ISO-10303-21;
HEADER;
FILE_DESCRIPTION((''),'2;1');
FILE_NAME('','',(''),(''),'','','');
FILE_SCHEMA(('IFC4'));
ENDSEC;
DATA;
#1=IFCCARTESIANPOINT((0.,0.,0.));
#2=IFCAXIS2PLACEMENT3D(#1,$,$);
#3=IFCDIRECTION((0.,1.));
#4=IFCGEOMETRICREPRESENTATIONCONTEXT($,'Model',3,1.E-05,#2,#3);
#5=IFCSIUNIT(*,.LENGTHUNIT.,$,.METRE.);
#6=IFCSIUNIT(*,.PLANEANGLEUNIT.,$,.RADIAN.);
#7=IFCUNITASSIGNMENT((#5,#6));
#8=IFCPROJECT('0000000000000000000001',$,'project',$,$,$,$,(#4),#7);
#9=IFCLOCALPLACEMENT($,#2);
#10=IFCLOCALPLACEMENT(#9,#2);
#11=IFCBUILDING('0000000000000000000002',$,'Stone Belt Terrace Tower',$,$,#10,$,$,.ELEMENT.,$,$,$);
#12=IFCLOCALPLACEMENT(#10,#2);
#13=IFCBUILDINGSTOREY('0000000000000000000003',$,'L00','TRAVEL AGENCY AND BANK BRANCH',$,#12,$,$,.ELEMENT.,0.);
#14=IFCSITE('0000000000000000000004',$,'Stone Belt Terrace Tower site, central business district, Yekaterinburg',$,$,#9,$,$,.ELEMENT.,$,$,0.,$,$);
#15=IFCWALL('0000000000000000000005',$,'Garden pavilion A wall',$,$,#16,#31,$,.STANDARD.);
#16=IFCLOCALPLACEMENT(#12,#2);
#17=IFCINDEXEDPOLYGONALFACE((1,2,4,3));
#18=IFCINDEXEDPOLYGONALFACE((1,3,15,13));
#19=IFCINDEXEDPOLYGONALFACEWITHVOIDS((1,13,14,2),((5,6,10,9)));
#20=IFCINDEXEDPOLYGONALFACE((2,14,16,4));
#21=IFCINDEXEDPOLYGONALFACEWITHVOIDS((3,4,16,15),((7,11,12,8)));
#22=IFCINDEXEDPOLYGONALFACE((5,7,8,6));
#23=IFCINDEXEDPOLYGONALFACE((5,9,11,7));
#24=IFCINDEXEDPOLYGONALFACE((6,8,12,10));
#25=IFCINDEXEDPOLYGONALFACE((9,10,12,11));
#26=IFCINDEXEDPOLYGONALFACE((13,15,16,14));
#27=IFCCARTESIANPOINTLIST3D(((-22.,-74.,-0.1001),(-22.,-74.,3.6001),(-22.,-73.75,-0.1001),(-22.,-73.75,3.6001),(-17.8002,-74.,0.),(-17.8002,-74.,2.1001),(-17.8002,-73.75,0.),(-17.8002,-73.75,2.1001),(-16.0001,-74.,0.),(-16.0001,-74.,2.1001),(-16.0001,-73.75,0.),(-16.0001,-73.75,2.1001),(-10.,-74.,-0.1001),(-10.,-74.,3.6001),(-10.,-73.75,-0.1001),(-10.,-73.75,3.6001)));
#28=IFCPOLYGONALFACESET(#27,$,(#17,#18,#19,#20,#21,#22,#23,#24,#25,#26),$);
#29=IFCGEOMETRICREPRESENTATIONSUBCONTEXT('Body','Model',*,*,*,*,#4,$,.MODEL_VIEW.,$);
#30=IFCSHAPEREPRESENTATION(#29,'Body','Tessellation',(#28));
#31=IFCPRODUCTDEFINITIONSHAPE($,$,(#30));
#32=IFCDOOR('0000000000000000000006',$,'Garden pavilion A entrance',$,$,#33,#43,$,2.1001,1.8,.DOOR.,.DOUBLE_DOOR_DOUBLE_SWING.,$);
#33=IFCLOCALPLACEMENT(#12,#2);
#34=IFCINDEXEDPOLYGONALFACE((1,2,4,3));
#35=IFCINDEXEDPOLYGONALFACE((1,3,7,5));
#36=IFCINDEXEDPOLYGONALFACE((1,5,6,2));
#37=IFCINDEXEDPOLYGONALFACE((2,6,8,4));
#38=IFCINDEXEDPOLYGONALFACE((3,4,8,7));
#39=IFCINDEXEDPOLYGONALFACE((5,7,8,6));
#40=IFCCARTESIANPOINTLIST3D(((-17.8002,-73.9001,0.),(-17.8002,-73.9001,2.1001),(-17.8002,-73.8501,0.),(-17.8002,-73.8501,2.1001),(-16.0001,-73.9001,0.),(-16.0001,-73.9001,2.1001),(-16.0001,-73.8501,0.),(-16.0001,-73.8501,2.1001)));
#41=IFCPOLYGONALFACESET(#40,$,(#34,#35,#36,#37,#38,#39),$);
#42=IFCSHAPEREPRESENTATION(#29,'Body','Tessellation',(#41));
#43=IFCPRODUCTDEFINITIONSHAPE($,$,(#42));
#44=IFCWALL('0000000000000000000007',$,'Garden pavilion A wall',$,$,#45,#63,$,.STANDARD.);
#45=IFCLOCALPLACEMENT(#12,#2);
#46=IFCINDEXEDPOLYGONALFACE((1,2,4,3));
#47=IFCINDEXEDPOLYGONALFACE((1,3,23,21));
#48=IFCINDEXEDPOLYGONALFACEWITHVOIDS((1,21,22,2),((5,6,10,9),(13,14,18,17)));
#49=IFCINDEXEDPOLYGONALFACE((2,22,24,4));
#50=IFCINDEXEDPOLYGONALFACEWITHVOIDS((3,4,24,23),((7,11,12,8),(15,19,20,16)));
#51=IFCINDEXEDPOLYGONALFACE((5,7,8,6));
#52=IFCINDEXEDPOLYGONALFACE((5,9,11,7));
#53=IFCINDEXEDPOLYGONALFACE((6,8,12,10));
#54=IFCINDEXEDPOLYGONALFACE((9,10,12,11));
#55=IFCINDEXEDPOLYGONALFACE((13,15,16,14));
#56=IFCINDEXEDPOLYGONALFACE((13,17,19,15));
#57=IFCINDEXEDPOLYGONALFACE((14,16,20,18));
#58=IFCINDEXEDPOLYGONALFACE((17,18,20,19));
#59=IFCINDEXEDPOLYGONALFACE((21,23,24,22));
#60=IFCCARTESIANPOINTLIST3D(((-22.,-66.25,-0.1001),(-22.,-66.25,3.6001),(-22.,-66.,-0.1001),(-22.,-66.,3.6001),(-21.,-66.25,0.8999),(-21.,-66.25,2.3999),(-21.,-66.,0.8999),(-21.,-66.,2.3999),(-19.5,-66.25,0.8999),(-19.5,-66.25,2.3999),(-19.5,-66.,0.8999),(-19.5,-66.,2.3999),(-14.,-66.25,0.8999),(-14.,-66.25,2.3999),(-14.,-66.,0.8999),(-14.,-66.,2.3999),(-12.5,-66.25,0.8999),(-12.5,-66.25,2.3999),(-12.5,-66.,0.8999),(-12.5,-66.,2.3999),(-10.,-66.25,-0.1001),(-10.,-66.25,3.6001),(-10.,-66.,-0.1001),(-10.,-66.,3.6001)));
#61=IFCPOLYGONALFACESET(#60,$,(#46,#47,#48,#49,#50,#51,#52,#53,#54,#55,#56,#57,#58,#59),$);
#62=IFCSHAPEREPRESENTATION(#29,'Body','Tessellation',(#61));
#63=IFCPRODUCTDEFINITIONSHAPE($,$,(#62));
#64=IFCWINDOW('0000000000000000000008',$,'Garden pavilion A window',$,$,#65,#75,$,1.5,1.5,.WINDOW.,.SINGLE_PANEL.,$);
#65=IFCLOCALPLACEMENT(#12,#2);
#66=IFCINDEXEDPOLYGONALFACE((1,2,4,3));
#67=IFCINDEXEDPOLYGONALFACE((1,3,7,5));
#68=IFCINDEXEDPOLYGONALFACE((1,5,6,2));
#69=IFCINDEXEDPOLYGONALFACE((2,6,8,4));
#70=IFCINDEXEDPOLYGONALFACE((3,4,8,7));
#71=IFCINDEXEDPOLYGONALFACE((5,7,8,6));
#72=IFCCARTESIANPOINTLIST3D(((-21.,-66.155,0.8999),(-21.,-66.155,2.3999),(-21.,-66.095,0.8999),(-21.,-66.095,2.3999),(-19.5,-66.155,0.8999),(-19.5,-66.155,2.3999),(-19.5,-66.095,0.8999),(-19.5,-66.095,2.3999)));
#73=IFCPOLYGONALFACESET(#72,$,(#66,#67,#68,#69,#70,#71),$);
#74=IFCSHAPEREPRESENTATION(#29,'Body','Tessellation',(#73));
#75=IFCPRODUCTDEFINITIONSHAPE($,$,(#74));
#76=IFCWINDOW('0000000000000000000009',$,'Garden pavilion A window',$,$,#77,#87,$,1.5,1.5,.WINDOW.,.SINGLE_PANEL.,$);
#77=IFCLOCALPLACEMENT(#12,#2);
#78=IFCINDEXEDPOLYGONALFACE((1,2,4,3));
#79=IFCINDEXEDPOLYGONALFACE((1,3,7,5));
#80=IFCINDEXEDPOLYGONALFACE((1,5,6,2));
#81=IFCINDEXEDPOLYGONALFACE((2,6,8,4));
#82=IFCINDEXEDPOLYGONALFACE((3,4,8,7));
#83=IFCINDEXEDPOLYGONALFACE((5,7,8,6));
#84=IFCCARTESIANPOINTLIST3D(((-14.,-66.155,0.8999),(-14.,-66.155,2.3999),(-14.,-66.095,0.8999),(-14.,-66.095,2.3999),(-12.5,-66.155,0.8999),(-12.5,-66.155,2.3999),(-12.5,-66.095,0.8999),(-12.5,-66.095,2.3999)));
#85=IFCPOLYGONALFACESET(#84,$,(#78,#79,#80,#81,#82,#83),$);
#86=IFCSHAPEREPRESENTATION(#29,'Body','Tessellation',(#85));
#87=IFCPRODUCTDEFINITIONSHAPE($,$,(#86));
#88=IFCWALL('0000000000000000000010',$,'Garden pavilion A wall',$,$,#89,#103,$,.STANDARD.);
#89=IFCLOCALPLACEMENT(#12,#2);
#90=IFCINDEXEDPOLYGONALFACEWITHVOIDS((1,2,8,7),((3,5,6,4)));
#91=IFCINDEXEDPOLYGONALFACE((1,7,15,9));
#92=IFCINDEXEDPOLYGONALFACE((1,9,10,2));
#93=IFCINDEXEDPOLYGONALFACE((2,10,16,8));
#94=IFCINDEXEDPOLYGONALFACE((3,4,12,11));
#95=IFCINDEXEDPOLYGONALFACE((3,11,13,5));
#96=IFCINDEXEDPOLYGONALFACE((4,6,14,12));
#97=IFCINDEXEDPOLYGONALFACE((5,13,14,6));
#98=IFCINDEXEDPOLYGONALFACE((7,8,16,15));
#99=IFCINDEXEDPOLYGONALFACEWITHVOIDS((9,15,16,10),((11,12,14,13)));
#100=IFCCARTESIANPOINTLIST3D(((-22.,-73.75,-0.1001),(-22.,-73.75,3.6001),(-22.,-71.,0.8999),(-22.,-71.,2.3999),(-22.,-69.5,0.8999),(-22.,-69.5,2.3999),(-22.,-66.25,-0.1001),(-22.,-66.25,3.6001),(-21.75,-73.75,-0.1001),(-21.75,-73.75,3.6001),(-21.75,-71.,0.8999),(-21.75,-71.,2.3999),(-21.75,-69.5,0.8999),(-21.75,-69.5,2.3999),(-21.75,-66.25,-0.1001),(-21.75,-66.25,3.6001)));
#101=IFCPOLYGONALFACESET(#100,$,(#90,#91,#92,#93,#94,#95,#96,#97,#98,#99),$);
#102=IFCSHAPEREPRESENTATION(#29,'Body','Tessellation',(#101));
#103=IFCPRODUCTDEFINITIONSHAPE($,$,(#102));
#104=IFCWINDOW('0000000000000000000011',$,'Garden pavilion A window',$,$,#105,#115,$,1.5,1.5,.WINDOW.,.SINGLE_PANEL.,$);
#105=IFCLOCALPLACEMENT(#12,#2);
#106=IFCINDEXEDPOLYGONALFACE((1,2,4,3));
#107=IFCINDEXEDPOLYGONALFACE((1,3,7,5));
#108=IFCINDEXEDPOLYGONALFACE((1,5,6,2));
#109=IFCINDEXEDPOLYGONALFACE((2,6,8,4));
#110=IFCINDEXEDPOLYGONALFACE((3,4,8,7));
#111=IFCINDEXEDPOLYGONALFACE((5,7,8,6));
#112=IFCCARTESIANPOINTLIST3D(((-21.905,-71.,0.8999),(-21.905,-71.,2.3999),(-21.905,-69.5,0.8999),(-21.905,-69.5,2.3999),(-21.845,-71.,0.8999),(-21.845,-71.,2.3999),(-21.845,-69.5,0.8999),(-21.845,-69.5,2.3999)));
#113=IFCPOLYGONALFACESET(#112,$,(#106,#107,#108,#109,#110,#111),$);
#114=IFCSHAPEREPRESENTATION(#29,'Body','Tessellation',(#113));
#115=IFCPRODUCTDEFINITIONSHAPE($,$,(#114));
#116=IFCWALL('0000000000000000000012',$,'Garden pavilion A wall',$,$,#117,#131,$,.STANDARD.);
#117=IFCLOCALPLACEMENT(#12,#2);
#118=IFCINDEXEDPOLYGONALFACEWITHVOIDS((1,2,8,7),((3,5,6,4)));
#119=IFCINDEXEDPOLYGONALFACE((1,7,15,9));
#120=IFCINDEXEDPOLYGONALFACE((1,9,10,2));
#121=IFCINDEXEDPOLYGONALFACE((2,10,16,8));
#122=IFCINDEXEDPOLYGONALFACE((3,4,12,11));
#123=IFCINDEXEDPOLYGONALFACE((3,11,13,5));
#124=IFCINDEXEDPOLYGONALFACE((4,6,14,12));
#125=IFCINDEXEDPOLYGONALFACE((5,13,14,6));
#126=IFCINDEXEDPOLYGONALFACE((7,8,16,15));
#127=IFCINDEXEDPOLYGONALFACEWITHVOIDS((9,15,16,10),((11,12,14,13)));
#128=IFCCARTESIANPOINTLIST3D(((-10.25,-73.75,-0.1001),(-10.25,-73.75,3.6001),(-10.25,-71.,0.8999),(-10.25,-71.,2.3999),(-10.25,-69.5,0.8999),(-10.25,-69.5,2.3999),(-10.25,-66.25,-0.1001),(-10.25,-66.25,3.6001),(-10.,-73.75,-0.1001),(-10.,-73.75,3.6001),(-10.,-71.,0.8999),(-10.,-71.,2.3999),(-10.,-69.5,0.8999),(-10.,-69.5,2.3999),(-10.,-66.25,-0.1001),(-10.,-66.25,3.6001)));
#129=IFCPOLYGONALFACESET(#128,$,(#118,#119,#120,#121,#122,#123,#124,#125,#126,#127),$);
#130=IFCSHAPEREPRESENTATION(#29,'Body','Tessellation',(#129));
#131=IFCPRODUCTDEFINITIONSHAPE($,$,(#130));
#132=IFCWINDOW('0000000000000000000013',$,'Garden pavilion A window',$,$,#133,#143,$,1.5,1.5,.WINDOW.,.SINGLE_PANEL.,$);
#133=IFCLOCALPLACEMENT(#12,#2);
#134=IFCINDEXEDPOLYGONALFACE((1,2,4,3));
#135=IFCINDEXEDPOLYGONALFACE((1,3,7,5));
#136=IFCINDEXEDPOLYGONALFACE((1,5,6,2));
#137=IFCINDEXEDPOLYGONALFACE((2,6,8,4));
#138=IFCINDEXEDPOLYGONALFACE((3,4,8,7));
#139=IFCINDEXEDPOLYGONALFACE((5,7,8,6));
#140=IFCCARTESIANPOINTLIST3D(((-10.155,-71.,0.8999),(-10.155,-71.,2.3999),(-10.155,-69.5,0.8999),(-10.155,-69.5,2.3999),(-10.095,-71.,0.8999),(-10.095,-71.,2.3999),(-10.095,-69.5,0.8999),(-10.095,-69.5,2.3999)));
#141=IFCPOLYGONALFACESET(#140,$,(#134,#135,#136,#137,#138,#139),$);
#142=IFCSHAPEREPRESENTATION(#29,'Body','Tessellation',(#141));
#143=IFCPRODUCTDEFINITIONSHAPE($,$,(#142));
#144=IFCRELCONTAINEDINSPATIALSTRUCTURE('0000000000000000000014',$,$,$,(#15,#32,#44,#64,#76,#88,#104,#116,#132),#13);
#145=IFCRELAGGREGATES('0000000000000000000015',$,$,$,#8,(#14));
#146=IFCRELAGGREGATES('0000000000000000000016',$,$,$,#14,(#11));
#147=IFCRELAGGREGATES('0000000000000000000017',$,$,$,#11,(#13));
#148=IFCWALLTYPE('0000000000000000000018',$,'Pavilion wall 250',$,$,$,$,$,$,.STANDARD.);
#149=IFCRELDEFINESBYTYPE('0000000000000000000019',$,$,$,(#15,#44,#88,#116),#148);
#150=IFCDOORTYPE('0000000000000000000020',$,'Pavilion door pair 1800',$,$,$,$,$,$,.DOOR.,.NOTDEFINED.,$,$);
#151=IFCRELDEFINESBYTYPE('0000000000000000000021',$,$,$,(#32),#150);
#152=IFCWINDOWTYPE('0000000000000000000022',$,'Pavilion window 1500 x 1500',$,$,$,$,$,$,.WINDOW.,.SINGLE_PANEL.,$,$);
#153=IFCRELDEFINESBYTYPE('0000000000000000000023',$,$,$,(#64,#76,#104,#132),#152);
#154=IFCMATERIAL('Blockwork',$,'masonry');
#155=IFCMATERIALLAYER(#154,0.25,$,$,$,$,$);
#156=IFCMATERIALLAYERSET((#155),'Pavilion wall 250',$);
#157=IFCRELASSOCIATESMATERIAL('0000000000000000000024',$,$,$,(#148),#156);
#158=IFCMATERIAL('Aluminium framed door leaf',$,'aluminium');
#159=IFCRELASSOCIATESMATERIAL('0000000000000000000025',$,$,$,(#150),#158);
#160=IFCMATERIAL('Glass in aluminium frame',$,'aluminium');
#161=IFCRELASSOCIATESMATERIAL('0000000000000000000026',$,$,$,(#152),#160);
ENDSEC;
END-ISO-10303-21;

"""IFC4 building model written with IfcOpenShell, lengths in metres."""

from ifc_helpers import new_model, si_unit, direction, frame, frame_2d, origin, place, context, subcontext, project, spatial, rectangle, extrude, material, layer, layer_set, type_object, element, fill, save


model = new_model("IFC4")

# Units and contexts
model_context = context("Model", 3, precision=1e-05, world=origin(), true_north=direction((0.0, 1.0)))
body_context = subcontext(model_context, "Body", "Model", "MODEL_VIEW")
ifc_project = project(units=[si_unit("LENGTHUNIT", "METRE"), si_unit("PLANEANGLEUNIT", "RADIAN")], contexts=[model_context])

# Site, building, storey
site_placement = place(None, origin())
site = spatial("IfcSite", under=ifc_project, at=site_placement, Name="Stone Belt Terrace Tower site, central business district, Yekaterinburg", CompositionType="ELEMENT", RefElevation=0.0)
building_placement = place(site_placement, origin())
building = spatial("IfcBuilding", under=site, at=building_placement, Name="Stone Belt Terrace Tower", CompositionType="ELEMENT")
storey_placement = place(building_placement, origin())
storey = spatial("IfcBuildingStorey", under=building, at=storey_placement, Name="L00", Description="TRAVEL AGENCY AND BANK BRANCH", CompositionType="ELEMENT", Elevation=0.0)

# Shared definitions
ifc_material_1 = material(Name="Blockwork", Category="masonry")

# Wall, opening, door
ifc_layer_1 = layer(ifc_material_1, 0.25)
ifc_layer_set_1 = layer_set([ifc_layer_1], Name="Pavilion wall 250")
wall_type_1 = type_object("IfcWallType", Name="Pavilion wall 250", PredefinedType="STANDARD", material=ifc_layer_set_1)
wall_1_placement = place(storey_placement, frame((-22.0, -73.875, -0.1001), z_axis=(0.0, 0.0, 1.0), x_axis=(1.0, 0.0, 0.0)))
wall_1 = element("IfcWall", 1, at=wall_1_placement, inside=storey, type_object=wall_type_1, Name="Garden pavilion A wall", PredefinedType="STANDARD", context=body_context, shape_type="SweptSolid", body=[
    extrude(rectangle(XDim=12.0, YDim=0.25, at=frame_2d((6.0, 0.0))), origin(), (0.0, 0.0, 1.0), 3.7002),
])
opening_1_placement = place(wall_1_placement, frame((4.2, 0.0, 0.1001)))
opening_1 = element("IfcOpeningElement", 2, at=opening_1_placement, cuts=wall_1, PredefinedType="OPENING", context=body_context, shape_type="SweptSolid", body=[
    extrude(rectangle(XDim=1.8, YDim=2.1001, at=frame_2d((0.8999, 1.05))), frame((0.0, 0.135, 0.0), z_axis=(0.0, -1.0, 0.0), x_axis=(1.0, 0.0, 0.0)), (0.0, 0.0, 1.0), 0.27),
])
ifc_material_2 = material(Name="Aluminium framed door leaf", Category="aluminium")
door_type_1 = type_object("IfcDoorType", Name="Pavilion door pair 1800", OperationType="NOTDEFINED", PredefinedType="DOOR", material=ifc_material_2)
door_1_placement = place(opening_1_placement, origin())
door_1 = element("IfcDoor", 3, at=door_1_placement, inside=storey, type_object=door_type_1, Name="Garden pavilion A entrance", OperationType="DOUBLE_DOOR_DOUBLE_SWING", OverallHeight=2.1001, OverallWidth=1.8, PredefinedType="DOOR", context=body_context, shape_type="SweptSolid", body=[
    extrude(rectangle(XDim=1.8, YDim=2.1001, at=frame_2d((0.8999, 1.05))), frame((0.0, 0.0249, 0.0), z_axis=(0.0, -1.0, 0.0), x_axis=(1.0, 0.0, 0.0)), (0.0, 0.0, 1.0), 0.05),
])
fill(opening_1, door_1)

# Wall, openings, windows
wall_2_placement = place(storey_placement, frame((-22.0, -66.125, -0.1001), z_axis=(0.0, 0.0, 1.0), x_axis=(1.0, 0.0, 0.0)))
wall_2 = element("IfcWall", 4, at=wall_2_placement, inside=storey, type_object=wall_type_1, Name="Garden pavilion A wall", PredefinedType="STANDARD", context=body_context, shape_type="SweptSolid", body=[
    extrude(rectangle(XDim=12.0, YDim=0.25, at=frame_2d((6.0, 0.0))), origin(), (0.0, 0.0, 1.0), 3.7002),
])
opening_2_placement = place(wall_2_placement, frame((1.0, 0.0, 1.0)))
opening_2 = element("IfcOpeningElement", 5, at=opening_2_placement, cuts=wall_2, PredefinedType="OPENING", context=body_context, shape_type="SweptSolid", body=[
    extrude(rectangle(XDim=1.5, YDim=1.5, at=frame_2d((0.75, 0.75))), frame((0.0, 0.135, 0.0), z_axis=(0.0, -1.0, 0.0), x_axis=(1.0, 0.0, 0.0)), (0.0, 0.0, 1.0), 0.27),
])
opening_3_placement = place(wall_2_placement, frame((8.0, 0.0, 1.0)))
opening_3 = element("IfcOpeningElement", 6, at=opening_3_placement, cuts=wall_2, PredefinedType="OPENING", context=body_context, shape_type="SweptSolid", body=[
    extrude(rectangle(XDim=1.5, YDim=1.5, at=frame_2d((0.75, 0.75))), frame((0.0, 0.135, 0.0), z_axis=(0.0, -1.0, 0.0), x_axis=(1.0, 0.0, 0.0)), (0.0, 0.0, 1.0), 0.27),
])
ifc_material_3 = material(Name="Glass in aluminium frame", Category="aluminium")
window_type = type_object("IfcWindowType", Name="Pavilion window 1500 x 1500", PartitioningType="SINGLE_PANEL", PredefinedType="WINDOW", material=ifc_material_3)
window_1_placement = place(opening_2_placement, origin())
window_1 = element("IfcWindow", 7, at=window_1_placement, inside=storey, type_object=window_type, Name="Garden pavilion A window", OverallHeight=1.5, OverallWidth=1.5, PartitioningType="SINGLE_PANEL", PredefinedType="WINDOW", context=body_context, shape_type="SweptSolid", body=[
    extrude(rectangle(XDim=1.5, YDim=1.5, at=frame_2d((0.75, 0.75))), frame((0.0, 0.03, 0.0), z_axis=(0.0, -1.0, 0.0), x_axis=(1.0, 0.0, 0.0)), (0.0, 0.0, 1.0), 0.0601),
])
fill(opening_2, window_1)
window_2_placement = place(opening_3_placement, origin())
window_2 = element("IfcWindow", 8, at=window_2_placement, inside=storey, type_object=window_type, Name="Garden pavilion A window", OverallHeight=1.5, OverallWidth=1.5, PartitioningType="SINGLE_PANEL", PredefinedType="WINDOW", context=body_context, shape_type="SweptSolid", body=[
    extrude(rectangle(XDim=1.5, YDim=1.5, at=frame_2d((0.75, 0.75))), frame((0.0, 0.03, 0.0), z_axis=(0.0, -1.0, 0.0), x_axis=(1.0, 0.0, 0.0)), (0.0, 0.0, 1.0), 0.0601),
])
fill(opening_3, window_2)

# Walls, openings, windows
wall_3_placement = place(storey_placement, frame((-21.875, -73.75, -0.1001), z_axis=(0.0, 0.0, 1.0), x_axis=(0.0, 1.0, 0.0)))
wall_3 = element("IfcWall", 9, at=wall_3_placement, inside=storey, type_object=wall_type_1, Name="Garden pavilion A wall", PredefinedType="STANDARD", context=body_context, shape_type="SweptSolid", body=[
    extrude(rectangle(XDim=7.5, YDim=0.25, at=frame_2d((3.75, 0.0))), origin(), (0.0, 0.0, 1.0), 3.7002),
])
opening_4_placement = place(wall_3_placement, frame((2.75, 0.0, 1.0)))
opening_4 = element("IfcOpeningElement", 10, at=opening_4_placement, cuts=wall_3, PredefinedType="OPENING", context=body_context, shape_type="SweptSolid", body=[
    extrude(rectangle(XDim=1.5, YDim=1.5, at=frame_2d((0.75, 0.75))), frame((0.0, 0.135, 0.0), z_axis=(0.0, -1.0, 0.0), x_axis=(1.0, 0.0, 0.0)), (0.0, 0.0, 1.0), 0.27),
])
window_3_placement = place(opening_4_placement, origin())
window_3 = element("IfcWindow", 11, at=window_3_placement, inside=storey, type_object=window_type, Name="Garden pavilion A window", OverallHeight=1.5, OverallWidth=1.5, PartitioningType="SINGLE_PANEL", PredefinedType="WINDOW", context=body_context, shape_type="SweptSolid", body=[
    extrude(rectangle(XDim=1.5, YDim=1.5, at=frame_2d((0.75, 0.75))), frame((0.0, 0.03, 0.0), z_axis=(0.0, -1.0, 0.0), x_axis=(1.0, 0.0, 0.0)), (0.0, 0.0, 1.0), 0.0601),
])
fill(opening_4, window_3)
wall_4_placement = place(storey_placement, frame((-10.125, -73.75, -0.1001), z_axis=(0.0, 0.0, 1.0), x_axis=(0.0, 1.0, 0.0)))
wall_4 = element("IfcWall", 12, at=wall_4_placement, inside=storey, type_object=wall_type_1, Name="Garden pavilion A wall", PredefinedType="STANDARD", context=body_context, shape_type="SweptSolid", body=[
    extrude(rectangle(XDim=7.5, YDim=0.25, at=frame_2d((3.75, 0.0))), origin(), (0.0, 0.0, 1.0), 3.7002),
])
opening_5_placement = place(wall_4_placement, frame((2.75, 0.0, 1.0)))
opening_5 = element("IfcOpeningElement", 13, at=opening_5_placement, cuts=wall_4, PredefinedType="OPENING", context=body_context, shape_type="SweptSolid", body=[
    extrude(rectangle(XDim=1.5, YDim=1.5, at=frame_2d((0.75, 0.75))), frame((0.0, 0.135, 0.0), z_axis=(0.0, -1.0, 0.0), x_axis=(1.0, 0.0, 0.0)), (0.0, 0.0, 1.0), 0.27),
])
window_4_placement = place(opening_5_placement, origin())
window_4 = element("IfcWindow", 14, at=window_4_placement, inside=storey, type_object=window_type, Name="Garden pavilion A window", OverallHeight=1.5, OverallWidth=1.5, PartitioningType="SINGLE_PANEL", PredefinedType="WINDOW", context=body_context, shape_type="SweptSolid", body=[
    extrude(rectangle(XDim=1.5, YDim=1.5, at=frame_2d((0.75, 0.75))), frame((0.0, 0.03, 0.0), z_axis=(0.0, -1.0, 0.0), x_axis=(1.0, 0.0, 0.0)), (0.0, 0.0, 1.0), 0.0601),
])
fill(opening_5, window_4)

save(model, "model.ifc")
